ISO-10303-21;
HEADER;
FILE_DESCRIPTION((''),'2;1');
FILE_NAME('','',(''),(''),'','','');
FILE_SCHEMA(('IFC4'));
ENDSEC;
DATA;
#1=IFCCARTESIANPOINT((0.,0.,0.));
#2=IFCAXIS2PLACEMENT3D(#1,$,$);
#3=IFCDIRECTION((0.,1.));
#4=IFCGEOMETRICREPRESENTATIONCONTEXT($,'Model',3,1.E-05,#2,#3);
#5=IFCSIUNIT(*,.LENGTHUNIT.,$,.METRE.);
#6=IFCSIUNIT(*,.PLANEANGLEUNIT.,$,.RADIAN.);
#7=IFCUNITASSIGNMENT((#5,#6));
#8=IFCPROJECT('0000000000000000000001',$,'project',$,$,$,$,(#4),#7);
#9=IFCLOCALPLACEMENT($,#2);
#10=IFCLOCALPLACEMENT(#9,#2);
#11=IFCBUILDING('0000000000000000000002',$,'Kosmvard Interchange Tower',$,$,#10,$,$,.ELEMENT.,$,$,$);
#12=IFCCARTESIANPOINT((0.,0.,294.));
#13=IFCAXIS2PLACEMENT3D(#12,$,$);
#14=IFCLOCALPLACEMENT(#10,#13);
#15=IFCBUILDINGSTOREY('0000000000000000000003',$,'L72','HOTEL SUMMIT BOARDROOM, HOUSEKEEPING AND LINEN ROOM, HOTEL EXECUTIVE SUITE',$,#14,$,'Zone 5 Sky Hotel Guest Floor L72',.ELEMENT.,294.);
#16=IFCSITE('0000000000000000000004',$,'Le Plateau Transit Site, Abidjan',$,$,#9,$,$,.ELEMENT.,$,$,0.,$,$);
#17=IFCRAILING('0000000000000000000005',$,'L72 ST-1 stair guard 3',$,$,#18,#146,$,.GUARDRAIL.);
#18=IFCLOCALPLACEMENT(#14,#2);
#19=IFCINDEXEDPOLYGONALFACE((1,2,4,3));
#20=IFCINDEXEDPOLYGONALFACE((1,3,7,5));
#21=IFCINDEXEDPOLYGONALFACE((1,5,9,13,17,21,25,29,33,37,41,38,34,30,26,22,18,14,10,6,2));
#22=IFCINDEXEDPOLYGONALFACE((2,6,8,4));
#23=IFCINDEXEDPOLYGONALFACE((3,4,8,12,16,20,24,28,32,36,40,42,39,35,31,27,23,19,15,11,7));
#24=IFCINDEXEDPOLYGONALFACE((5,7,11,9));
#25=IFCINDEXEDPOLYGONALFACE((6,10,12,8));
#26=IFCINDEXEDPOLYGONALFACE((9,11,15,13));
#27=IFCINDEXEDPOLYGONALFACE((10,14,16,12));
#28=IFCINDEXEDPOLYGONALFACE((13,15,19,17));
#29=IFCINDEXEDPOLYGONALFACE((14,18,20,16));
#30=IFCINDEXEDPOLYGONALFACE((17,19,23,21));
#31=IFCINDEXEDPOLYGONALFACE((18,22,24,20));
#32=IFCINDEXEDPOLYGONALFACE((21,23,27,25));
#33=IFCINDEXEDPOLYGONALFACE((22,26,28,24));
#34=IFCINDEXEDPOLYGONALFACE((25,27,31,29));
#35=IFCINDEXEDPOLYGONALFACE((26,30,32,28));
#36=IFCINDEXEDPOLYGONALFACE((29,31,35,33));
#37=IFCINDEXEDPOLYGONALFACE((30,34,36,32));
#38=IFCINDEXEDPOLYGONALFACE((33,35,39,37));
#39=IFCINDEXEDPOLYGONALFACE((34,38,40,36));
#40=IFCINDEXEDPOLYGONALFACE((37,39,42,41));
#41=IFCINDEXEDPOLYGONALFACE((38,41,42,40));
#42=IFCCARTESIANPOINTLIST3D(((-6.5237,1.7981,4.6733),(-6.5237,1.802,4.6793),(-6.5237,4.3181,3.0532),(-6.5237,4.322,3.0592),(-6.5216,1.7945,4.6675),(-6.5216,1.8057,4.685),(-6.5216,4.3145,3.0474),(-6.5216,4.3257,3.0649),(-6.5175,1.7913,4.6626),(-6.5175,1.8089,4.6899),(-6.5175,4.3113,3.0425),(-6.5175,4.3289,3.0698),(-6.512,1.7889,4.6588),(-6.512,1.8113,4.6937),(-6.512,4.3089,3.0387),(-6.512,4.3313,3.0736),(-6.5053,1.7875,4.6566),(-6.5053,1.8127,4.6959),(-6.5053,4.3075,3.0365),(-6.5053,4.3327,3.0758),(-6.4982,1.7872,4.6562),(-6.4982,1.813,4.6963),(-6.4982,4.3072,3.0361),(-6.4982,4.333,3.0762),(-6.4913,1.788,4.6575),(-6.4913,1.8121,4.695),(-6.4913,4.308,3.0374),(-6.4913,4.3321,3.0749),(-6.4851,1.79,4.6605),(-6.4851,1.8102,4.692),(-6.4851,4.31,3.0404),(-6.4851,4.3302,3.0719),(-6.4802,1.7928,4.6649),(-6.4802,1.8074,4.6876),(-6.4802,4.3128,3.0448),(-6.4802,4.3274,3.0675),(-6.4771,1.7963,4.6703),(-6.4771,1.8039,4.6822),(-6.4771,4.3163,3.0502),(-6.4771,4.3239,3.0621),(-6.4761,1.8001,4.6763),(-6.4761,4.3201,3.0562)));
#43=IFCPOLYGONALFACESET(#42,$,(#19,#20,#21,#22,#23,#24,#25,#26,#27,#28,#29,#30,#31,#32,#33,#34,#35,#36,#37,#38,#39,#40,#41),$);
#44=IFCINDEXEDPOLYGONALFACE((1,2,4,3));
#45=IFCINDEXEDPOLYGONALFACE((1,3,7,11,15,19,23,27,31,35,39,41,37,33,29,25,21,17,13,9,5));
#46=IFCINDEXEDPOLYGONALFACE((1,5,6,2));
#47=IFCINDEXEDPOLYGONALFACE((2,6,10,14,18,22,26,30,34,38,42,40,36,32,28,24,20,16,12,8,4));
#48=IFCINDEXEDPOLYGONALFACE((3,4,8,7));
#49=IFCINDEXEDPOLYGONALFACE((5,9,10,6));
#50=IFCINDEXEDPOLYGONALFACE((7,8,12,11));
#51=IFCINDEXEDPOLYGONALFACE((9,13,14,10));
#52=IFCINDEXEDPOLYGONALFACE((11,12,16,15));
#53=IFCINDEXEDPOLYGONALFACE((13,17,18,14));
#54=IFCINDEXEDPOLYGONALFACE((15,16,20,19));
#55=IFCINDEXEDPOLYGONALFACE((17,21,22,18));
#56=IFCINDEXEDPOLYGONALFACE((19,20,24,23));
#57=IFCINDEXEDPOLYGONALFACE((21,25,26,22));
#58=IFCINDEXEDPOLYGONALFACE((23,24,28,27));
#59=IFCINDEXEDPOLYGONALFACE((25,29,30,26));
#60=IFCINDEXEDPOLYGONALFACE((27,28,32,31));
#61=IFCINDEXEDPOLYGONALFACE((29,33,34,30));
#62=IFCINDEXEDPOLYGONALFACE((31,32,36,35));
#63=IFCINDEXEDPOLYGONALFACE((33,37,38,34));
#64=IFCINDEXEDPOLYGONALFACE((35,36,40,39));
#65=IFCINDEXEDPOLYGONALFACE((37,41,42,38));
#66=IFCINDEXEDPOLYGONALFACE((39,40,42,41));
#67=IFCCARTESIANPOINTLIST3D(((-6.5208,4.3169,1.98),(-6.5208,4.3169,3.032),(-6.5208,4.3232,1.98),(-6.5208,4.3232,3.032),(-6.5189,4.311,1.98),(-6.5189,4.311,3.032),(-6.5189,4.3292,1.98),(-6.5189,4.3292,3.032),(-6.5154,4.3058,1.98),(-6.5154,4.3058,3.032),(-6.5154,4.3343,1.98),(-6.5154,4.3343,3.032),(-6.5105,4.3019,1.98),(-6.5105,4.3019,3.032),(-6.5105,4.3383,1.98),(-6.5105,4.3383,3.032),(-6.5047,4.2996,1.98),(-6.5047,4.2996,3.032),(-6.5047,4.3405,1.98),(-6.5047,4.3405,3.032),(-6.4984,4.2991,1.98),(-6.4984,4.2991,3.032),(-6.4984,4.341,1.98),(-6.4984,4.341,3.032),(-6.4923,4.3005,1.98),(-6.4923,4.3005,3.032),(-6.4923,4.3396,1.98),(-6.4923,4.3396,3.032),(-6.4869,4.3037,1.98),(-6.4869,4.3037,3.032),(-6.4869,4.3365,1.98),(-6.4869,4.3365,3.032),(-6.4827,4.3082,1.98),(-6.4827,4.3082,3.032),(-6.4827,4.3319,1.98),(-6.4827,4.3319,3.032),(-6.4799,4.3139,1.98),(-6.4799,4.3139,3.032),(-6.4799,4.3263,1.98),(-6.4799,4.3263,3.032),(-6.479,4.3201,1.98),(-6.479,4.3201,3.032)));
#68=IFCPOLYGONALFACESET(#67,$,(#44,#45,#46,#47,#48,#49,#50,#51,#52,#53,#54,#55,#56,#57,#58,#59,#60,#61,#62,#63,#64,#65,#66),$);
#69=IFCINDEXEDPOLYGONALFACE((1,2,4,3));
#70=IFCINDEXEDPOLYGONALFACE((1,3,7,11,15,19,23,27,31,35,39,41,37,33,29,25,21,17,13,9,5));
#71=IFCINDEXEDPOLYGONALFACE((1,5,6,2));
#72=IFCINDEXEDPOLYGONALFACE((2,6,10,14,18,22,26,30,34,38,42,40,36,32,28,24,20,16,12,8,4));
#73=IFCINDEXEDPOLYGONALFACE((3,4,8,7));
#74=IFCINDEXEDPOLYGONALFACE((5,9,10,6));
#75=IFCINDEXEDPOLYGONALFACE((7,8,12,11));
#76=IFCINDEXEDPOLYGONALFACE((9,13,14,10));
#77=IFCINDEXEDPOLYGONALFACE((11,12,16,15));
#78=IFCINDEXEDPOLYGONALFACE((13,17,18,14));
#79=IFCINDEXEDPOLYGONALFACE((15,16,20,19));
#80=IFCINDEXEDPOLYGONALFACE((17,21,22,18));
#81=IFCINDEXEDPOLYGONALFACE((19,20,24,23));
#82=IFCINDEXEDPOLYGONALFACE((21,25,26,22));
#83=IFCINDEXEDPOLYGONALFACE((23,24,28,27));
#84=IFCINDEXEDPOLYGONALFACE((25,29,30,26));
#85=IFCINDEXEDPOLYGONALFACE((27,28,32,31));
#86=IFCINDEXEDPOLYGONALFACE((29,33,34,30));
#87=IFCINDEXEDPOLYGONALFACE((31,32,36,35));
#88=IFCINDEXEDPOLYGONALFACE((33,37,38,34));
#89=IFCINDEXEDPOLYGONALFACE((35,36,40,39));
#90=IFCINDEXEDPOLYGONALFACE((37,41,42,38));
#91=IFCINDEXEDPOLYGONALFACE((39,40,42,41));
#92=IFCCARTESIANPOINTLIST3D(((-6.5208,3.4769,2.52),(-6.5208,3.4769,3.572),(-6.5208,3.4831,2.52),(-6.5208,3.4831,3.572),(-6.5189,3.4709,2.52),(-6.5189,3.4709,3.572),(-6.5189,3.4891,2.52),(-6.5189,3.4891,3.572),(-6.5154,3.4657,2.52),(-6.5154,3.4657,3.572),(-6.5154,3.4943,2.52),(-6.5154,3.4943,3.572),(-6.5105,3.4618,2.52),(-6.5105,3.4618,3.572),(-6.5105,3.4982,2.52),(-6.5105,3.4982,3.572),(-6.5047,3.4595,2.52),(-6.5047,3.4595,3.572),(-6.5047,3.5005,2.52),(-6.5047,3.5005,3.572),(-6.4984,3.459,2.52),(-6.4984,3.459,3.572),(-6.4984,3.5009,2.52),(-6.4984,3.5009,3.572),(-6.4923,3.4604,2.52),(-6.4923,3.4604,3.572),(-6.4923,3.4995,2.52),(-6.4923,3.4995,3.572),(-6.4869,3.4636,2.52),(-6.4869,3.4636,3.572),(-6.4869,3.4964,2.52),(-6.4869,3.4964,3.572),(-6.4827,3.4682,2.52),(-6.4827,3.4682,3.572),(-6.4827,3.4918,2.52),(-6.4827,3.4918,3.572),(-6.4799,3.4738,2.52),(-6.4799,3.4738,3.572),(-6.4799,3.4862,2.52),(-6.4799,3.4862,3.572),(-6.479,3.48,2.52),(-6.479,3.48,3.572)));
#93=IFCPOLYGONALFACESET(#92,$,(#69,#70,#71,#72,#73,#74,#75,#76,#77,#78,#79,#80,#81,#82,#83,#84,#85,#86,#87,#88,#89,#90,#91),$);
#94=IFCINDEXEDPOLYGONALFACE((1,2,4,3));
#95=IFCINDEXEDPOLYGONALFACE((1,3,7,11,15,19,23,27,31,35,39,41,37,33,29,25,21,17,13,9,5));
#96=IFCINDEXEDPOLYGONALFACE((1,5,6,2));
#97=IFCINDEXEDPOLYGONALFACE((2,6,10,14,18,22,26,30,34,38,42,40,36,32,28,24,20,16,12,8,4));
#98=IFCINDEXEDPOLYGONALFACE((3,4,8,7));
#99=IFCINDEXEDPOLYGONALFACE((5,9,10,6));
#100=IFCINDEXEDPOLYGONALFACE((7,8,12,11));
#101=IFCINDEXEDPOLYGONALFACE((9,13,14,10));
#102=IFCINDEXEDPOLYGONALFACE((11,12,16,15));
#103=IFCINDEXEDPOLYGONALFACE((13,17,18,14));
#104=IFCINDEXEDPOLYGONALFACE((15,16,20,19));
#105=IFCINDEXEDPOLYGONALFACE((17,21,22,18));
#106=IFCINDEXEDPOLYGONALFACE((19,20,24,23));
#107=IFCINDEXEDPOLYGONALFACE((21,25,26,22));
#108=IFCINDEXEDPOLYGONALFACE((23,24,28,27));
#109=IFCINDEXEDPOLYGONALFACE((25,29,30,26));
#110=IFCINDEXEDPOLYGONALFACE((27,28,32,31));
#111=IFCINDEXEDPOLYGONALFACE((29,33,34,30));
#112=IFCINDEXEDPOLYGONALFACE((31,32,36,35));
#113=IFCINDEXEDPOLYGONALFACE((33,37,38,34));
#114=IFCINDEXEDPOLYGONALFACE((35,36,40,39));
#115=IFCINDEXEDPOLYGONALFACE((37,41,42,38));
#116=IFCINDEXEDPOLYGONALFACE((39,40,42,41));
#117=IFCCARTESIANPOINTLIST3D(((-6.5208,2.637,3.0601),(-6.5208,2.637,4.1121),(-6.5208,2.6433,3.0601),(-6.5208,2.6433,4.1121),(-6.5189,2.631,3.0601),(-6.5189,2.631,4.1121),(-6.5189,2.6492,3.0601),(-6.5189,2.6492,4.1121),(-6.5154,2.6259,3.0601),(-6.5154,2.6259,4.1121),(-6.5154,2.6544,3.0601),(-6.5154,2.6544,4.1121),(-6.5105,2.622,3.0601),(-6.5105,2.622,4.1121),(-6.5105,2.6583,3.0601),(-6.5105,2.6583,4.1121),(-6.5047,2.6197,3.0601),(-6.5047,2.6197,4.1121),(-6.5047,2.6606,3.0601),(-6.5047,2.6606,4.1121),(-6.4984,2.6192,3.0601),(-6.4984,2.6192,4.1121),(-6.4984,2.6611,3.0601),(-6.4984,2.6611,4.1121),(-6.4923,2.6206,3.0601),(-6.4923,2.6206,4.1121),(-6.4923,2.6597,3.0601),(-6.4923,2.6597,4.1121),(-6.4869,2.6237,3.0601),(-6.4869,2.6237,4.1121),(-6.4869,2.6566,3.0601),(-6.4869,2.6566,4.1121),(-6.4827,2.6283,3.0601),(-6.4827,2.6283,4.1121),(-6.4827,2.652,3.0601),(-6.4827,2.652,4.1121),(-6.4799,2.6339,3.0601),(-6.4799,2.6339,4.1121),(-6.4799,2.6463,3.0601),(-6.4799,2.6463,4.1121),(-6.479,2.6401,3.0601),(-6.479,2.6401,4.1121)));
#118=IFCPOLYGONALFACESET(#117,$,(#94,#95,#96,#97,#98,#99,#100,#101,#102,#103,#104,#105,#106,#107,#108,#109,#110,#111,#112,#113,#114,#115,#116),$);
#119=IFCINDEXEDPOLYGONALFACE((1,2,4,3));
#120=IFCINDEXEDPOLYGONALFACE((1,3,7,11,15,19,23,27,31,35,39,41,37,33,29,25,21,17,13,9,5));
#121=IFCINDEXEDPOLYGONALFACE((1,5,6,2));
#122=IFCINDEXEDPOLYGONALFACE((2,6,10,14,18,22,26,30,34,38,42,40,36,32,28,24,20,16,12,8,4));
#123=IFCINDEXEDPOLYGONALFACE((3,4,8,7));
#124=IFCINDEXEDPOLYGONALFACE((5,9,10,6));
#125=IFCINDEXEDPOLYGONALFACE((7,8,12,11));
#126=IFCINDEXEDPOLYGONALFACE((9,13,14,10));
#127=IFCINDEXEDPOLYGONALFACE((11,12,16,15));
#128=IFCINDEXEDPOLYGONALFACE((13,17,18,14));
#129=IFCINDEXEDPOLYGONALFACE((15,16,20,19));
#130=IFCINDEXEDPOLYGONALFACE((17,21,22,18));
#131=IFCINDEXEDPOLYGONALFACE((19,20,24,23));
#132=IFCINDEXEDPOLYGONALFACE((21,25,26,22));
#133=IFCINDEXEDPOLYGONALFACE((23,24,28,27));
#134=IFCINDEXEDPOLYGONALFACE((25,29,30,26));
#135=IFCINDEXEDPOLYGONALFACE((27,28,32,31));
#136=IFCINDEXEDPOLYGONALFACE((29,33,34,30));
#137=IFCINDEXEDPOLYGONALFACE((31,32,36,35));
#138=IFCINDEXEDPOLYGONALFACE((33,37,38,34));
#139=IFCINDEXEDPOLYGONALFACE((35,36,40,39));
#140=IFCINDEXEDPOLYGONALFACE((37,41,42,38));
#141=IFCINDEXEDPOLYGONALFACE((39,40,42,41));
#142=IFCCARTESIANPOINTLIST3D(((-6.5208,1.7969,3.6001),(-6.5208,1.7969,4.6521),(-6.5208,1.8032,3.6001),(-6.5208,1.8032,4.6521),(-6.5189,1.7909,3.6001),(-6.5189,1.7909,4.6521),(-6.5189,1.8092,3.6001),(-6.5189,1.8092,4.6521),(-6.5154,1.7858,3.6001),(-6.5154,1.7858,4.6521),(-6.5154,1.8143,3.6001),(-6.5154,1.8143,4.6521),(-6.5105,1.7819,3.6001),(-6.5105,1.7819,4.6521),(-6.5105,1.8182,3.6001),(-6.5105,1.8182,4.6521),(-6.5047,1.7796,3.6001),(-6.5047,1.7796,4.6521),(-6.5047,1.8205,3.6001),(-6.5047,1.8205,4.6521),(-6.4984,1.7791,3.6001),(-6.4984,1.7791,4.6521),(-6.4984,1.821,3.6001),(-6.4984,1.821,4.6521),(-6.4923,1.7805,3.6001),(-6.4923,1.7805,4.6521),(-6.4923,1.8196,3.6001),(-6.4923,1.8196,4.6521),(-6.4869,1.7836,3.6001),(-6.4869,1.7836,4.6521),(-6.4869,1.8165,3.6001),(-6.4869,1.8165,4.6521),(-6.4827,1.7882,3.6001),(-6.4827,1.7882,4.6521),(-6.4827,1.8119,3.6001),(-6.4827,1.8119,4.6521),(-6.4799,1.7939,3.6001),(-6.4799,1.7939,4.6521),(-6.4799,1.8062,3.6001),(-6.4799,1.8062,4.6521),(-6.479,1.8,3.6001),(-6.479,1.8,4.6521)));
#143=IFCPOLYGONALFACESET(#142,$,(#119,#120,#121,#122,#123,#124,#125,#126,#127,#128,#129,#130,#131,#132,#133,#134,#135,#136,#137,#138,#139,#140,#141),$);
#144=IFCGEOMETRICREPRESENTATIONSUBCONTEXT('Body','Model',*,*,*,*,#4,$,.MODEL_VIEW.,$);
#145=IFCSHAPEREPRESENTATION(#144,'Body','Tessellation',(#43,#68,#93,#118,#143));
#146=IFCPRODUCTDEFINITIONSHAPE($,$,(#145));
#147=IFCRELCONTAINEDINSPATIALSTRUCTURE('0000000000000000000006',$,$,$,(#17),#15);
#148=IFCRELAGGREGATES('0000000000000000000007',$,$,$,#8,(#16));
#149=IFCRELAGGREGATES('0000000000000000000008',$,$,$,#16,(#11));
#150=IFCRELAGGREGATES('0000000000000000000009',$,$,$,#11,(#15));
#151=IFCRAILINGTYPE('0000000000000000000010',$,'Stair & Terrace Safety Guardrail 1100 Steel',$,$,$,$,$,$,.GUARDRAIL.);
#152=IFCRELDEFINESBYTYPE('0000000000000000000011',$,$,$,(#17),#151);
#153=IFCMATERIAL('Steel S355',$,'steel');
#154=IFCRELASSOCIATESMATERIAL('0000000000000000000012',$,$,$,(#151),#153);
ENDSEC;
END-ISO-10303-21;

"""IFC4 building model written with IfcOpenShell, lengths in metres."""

from ifc_helpers import new_model, si_unit, direction, frame, origin, origin_2d, place, context, subcontext, project, spatial, circle, extrude, source, transform, mapped, material, type_object, element, save


model = new_model("IFC4")

# Units and contexts
model_context = context("Model", 3, precision=1e-05, world=origin(), true_north=direction((0.0, 1.0)))
body_context = subcontext(model_context, "Body", "Model", "MODEL_VIEW")
ifc_project = project(units=[si_unit("LENGTHUNIT", "METRE"), si_unit("PLANEANGLEUNIT", "RADIAN")], contexts=[model_context])

# Site, building, storey
site_placement = place(None, origin())
site = spatial("IfcSite", under=ifc_project, at=site_placement, Name="Le Plateau Transit Site, Abidjan", CompositionType="ELEMENT", RefElevation=0.0)
building_placement = place(site_placement, origin())
building = spatial("IfcBuilding", under=site, at=building_placement, Name="Kosmvard Interchange Tower", CompositionType="ELEMENT")
storey_placement = place(building_placement, frame((0.0, 0.0, 294.0)))
storey = spatial("IfcBuildingStorey", under=building, at=storey_placement, Name="L72", Description="HOTEL SUMMIT BOARDROOM, HOUSEKEEPING AND LINEN ROOM, HOTEL EXECUTIVE SUITE", LongName="Zone 5 Sky Hotel Guest Floor L72", CompositionType="ELEMENT", Elevation=294.0)

# Shared definitions
ifc_material_1 = material(Name="Steel S355", Category="steel")

# Railing
railing_type_1 = type_object("IfcRailingType", Name="Stair & Terrace Safety Guardrail 1100 Steel", PredefinedType="GUARDRAIL", material=ifc_material_1)
shared_shape_1 = source(origin(), body_context, "Body", "SweptSolid", [
    extrude(circle(Radius=0.0239, at=origin_2d()), frame((0.0, 0.0, 1.0762), z_axis=(0.0, -0.841163, 0.540782), x_axis=(1.0, 0.0, 0.0)), (0.0, 0.0, 1.0), 2.9958),
    extrude(circle(Radius=0.021, at=origin_2d()), origin(), (0.0, 0.0, 1.0), 1.052),
    extrude(circle(Radius=0.021, at=origin_2d()), frame((0.0, -0.8401, 0.54)), (0.0, 0.0, 1.0), 1.052),
    extrude(circle(Radius=0.021, at=origin_2d()), frame((0.0, -1.6799, 1.0801)), (0.0, 0.0, 1.0), 1.052),
    extrude(circle(Radius=0.021, at=origin_2d()), frame((0.0, -2.52, 1.6201)), (0.0, 0.0, 1.0), 1.052),
])
railing_1_placement = place(storey_placement, frame((-6.5, 4.3201, 1.98)))
element("IfcRailing", 1, at=railing_1_placement, inside=storey, type_object=railing_type_1, Name="L72 ST-1 stair guard 3", PredefinedType="GUARDRAIL", context=body_context, shape_type="MappedRepresentation", body=[
    mapped(shared_shape_1, transform((0.0, 0.0, 0.0), scale=1.0)),
])

save(model, "model.ifc")
